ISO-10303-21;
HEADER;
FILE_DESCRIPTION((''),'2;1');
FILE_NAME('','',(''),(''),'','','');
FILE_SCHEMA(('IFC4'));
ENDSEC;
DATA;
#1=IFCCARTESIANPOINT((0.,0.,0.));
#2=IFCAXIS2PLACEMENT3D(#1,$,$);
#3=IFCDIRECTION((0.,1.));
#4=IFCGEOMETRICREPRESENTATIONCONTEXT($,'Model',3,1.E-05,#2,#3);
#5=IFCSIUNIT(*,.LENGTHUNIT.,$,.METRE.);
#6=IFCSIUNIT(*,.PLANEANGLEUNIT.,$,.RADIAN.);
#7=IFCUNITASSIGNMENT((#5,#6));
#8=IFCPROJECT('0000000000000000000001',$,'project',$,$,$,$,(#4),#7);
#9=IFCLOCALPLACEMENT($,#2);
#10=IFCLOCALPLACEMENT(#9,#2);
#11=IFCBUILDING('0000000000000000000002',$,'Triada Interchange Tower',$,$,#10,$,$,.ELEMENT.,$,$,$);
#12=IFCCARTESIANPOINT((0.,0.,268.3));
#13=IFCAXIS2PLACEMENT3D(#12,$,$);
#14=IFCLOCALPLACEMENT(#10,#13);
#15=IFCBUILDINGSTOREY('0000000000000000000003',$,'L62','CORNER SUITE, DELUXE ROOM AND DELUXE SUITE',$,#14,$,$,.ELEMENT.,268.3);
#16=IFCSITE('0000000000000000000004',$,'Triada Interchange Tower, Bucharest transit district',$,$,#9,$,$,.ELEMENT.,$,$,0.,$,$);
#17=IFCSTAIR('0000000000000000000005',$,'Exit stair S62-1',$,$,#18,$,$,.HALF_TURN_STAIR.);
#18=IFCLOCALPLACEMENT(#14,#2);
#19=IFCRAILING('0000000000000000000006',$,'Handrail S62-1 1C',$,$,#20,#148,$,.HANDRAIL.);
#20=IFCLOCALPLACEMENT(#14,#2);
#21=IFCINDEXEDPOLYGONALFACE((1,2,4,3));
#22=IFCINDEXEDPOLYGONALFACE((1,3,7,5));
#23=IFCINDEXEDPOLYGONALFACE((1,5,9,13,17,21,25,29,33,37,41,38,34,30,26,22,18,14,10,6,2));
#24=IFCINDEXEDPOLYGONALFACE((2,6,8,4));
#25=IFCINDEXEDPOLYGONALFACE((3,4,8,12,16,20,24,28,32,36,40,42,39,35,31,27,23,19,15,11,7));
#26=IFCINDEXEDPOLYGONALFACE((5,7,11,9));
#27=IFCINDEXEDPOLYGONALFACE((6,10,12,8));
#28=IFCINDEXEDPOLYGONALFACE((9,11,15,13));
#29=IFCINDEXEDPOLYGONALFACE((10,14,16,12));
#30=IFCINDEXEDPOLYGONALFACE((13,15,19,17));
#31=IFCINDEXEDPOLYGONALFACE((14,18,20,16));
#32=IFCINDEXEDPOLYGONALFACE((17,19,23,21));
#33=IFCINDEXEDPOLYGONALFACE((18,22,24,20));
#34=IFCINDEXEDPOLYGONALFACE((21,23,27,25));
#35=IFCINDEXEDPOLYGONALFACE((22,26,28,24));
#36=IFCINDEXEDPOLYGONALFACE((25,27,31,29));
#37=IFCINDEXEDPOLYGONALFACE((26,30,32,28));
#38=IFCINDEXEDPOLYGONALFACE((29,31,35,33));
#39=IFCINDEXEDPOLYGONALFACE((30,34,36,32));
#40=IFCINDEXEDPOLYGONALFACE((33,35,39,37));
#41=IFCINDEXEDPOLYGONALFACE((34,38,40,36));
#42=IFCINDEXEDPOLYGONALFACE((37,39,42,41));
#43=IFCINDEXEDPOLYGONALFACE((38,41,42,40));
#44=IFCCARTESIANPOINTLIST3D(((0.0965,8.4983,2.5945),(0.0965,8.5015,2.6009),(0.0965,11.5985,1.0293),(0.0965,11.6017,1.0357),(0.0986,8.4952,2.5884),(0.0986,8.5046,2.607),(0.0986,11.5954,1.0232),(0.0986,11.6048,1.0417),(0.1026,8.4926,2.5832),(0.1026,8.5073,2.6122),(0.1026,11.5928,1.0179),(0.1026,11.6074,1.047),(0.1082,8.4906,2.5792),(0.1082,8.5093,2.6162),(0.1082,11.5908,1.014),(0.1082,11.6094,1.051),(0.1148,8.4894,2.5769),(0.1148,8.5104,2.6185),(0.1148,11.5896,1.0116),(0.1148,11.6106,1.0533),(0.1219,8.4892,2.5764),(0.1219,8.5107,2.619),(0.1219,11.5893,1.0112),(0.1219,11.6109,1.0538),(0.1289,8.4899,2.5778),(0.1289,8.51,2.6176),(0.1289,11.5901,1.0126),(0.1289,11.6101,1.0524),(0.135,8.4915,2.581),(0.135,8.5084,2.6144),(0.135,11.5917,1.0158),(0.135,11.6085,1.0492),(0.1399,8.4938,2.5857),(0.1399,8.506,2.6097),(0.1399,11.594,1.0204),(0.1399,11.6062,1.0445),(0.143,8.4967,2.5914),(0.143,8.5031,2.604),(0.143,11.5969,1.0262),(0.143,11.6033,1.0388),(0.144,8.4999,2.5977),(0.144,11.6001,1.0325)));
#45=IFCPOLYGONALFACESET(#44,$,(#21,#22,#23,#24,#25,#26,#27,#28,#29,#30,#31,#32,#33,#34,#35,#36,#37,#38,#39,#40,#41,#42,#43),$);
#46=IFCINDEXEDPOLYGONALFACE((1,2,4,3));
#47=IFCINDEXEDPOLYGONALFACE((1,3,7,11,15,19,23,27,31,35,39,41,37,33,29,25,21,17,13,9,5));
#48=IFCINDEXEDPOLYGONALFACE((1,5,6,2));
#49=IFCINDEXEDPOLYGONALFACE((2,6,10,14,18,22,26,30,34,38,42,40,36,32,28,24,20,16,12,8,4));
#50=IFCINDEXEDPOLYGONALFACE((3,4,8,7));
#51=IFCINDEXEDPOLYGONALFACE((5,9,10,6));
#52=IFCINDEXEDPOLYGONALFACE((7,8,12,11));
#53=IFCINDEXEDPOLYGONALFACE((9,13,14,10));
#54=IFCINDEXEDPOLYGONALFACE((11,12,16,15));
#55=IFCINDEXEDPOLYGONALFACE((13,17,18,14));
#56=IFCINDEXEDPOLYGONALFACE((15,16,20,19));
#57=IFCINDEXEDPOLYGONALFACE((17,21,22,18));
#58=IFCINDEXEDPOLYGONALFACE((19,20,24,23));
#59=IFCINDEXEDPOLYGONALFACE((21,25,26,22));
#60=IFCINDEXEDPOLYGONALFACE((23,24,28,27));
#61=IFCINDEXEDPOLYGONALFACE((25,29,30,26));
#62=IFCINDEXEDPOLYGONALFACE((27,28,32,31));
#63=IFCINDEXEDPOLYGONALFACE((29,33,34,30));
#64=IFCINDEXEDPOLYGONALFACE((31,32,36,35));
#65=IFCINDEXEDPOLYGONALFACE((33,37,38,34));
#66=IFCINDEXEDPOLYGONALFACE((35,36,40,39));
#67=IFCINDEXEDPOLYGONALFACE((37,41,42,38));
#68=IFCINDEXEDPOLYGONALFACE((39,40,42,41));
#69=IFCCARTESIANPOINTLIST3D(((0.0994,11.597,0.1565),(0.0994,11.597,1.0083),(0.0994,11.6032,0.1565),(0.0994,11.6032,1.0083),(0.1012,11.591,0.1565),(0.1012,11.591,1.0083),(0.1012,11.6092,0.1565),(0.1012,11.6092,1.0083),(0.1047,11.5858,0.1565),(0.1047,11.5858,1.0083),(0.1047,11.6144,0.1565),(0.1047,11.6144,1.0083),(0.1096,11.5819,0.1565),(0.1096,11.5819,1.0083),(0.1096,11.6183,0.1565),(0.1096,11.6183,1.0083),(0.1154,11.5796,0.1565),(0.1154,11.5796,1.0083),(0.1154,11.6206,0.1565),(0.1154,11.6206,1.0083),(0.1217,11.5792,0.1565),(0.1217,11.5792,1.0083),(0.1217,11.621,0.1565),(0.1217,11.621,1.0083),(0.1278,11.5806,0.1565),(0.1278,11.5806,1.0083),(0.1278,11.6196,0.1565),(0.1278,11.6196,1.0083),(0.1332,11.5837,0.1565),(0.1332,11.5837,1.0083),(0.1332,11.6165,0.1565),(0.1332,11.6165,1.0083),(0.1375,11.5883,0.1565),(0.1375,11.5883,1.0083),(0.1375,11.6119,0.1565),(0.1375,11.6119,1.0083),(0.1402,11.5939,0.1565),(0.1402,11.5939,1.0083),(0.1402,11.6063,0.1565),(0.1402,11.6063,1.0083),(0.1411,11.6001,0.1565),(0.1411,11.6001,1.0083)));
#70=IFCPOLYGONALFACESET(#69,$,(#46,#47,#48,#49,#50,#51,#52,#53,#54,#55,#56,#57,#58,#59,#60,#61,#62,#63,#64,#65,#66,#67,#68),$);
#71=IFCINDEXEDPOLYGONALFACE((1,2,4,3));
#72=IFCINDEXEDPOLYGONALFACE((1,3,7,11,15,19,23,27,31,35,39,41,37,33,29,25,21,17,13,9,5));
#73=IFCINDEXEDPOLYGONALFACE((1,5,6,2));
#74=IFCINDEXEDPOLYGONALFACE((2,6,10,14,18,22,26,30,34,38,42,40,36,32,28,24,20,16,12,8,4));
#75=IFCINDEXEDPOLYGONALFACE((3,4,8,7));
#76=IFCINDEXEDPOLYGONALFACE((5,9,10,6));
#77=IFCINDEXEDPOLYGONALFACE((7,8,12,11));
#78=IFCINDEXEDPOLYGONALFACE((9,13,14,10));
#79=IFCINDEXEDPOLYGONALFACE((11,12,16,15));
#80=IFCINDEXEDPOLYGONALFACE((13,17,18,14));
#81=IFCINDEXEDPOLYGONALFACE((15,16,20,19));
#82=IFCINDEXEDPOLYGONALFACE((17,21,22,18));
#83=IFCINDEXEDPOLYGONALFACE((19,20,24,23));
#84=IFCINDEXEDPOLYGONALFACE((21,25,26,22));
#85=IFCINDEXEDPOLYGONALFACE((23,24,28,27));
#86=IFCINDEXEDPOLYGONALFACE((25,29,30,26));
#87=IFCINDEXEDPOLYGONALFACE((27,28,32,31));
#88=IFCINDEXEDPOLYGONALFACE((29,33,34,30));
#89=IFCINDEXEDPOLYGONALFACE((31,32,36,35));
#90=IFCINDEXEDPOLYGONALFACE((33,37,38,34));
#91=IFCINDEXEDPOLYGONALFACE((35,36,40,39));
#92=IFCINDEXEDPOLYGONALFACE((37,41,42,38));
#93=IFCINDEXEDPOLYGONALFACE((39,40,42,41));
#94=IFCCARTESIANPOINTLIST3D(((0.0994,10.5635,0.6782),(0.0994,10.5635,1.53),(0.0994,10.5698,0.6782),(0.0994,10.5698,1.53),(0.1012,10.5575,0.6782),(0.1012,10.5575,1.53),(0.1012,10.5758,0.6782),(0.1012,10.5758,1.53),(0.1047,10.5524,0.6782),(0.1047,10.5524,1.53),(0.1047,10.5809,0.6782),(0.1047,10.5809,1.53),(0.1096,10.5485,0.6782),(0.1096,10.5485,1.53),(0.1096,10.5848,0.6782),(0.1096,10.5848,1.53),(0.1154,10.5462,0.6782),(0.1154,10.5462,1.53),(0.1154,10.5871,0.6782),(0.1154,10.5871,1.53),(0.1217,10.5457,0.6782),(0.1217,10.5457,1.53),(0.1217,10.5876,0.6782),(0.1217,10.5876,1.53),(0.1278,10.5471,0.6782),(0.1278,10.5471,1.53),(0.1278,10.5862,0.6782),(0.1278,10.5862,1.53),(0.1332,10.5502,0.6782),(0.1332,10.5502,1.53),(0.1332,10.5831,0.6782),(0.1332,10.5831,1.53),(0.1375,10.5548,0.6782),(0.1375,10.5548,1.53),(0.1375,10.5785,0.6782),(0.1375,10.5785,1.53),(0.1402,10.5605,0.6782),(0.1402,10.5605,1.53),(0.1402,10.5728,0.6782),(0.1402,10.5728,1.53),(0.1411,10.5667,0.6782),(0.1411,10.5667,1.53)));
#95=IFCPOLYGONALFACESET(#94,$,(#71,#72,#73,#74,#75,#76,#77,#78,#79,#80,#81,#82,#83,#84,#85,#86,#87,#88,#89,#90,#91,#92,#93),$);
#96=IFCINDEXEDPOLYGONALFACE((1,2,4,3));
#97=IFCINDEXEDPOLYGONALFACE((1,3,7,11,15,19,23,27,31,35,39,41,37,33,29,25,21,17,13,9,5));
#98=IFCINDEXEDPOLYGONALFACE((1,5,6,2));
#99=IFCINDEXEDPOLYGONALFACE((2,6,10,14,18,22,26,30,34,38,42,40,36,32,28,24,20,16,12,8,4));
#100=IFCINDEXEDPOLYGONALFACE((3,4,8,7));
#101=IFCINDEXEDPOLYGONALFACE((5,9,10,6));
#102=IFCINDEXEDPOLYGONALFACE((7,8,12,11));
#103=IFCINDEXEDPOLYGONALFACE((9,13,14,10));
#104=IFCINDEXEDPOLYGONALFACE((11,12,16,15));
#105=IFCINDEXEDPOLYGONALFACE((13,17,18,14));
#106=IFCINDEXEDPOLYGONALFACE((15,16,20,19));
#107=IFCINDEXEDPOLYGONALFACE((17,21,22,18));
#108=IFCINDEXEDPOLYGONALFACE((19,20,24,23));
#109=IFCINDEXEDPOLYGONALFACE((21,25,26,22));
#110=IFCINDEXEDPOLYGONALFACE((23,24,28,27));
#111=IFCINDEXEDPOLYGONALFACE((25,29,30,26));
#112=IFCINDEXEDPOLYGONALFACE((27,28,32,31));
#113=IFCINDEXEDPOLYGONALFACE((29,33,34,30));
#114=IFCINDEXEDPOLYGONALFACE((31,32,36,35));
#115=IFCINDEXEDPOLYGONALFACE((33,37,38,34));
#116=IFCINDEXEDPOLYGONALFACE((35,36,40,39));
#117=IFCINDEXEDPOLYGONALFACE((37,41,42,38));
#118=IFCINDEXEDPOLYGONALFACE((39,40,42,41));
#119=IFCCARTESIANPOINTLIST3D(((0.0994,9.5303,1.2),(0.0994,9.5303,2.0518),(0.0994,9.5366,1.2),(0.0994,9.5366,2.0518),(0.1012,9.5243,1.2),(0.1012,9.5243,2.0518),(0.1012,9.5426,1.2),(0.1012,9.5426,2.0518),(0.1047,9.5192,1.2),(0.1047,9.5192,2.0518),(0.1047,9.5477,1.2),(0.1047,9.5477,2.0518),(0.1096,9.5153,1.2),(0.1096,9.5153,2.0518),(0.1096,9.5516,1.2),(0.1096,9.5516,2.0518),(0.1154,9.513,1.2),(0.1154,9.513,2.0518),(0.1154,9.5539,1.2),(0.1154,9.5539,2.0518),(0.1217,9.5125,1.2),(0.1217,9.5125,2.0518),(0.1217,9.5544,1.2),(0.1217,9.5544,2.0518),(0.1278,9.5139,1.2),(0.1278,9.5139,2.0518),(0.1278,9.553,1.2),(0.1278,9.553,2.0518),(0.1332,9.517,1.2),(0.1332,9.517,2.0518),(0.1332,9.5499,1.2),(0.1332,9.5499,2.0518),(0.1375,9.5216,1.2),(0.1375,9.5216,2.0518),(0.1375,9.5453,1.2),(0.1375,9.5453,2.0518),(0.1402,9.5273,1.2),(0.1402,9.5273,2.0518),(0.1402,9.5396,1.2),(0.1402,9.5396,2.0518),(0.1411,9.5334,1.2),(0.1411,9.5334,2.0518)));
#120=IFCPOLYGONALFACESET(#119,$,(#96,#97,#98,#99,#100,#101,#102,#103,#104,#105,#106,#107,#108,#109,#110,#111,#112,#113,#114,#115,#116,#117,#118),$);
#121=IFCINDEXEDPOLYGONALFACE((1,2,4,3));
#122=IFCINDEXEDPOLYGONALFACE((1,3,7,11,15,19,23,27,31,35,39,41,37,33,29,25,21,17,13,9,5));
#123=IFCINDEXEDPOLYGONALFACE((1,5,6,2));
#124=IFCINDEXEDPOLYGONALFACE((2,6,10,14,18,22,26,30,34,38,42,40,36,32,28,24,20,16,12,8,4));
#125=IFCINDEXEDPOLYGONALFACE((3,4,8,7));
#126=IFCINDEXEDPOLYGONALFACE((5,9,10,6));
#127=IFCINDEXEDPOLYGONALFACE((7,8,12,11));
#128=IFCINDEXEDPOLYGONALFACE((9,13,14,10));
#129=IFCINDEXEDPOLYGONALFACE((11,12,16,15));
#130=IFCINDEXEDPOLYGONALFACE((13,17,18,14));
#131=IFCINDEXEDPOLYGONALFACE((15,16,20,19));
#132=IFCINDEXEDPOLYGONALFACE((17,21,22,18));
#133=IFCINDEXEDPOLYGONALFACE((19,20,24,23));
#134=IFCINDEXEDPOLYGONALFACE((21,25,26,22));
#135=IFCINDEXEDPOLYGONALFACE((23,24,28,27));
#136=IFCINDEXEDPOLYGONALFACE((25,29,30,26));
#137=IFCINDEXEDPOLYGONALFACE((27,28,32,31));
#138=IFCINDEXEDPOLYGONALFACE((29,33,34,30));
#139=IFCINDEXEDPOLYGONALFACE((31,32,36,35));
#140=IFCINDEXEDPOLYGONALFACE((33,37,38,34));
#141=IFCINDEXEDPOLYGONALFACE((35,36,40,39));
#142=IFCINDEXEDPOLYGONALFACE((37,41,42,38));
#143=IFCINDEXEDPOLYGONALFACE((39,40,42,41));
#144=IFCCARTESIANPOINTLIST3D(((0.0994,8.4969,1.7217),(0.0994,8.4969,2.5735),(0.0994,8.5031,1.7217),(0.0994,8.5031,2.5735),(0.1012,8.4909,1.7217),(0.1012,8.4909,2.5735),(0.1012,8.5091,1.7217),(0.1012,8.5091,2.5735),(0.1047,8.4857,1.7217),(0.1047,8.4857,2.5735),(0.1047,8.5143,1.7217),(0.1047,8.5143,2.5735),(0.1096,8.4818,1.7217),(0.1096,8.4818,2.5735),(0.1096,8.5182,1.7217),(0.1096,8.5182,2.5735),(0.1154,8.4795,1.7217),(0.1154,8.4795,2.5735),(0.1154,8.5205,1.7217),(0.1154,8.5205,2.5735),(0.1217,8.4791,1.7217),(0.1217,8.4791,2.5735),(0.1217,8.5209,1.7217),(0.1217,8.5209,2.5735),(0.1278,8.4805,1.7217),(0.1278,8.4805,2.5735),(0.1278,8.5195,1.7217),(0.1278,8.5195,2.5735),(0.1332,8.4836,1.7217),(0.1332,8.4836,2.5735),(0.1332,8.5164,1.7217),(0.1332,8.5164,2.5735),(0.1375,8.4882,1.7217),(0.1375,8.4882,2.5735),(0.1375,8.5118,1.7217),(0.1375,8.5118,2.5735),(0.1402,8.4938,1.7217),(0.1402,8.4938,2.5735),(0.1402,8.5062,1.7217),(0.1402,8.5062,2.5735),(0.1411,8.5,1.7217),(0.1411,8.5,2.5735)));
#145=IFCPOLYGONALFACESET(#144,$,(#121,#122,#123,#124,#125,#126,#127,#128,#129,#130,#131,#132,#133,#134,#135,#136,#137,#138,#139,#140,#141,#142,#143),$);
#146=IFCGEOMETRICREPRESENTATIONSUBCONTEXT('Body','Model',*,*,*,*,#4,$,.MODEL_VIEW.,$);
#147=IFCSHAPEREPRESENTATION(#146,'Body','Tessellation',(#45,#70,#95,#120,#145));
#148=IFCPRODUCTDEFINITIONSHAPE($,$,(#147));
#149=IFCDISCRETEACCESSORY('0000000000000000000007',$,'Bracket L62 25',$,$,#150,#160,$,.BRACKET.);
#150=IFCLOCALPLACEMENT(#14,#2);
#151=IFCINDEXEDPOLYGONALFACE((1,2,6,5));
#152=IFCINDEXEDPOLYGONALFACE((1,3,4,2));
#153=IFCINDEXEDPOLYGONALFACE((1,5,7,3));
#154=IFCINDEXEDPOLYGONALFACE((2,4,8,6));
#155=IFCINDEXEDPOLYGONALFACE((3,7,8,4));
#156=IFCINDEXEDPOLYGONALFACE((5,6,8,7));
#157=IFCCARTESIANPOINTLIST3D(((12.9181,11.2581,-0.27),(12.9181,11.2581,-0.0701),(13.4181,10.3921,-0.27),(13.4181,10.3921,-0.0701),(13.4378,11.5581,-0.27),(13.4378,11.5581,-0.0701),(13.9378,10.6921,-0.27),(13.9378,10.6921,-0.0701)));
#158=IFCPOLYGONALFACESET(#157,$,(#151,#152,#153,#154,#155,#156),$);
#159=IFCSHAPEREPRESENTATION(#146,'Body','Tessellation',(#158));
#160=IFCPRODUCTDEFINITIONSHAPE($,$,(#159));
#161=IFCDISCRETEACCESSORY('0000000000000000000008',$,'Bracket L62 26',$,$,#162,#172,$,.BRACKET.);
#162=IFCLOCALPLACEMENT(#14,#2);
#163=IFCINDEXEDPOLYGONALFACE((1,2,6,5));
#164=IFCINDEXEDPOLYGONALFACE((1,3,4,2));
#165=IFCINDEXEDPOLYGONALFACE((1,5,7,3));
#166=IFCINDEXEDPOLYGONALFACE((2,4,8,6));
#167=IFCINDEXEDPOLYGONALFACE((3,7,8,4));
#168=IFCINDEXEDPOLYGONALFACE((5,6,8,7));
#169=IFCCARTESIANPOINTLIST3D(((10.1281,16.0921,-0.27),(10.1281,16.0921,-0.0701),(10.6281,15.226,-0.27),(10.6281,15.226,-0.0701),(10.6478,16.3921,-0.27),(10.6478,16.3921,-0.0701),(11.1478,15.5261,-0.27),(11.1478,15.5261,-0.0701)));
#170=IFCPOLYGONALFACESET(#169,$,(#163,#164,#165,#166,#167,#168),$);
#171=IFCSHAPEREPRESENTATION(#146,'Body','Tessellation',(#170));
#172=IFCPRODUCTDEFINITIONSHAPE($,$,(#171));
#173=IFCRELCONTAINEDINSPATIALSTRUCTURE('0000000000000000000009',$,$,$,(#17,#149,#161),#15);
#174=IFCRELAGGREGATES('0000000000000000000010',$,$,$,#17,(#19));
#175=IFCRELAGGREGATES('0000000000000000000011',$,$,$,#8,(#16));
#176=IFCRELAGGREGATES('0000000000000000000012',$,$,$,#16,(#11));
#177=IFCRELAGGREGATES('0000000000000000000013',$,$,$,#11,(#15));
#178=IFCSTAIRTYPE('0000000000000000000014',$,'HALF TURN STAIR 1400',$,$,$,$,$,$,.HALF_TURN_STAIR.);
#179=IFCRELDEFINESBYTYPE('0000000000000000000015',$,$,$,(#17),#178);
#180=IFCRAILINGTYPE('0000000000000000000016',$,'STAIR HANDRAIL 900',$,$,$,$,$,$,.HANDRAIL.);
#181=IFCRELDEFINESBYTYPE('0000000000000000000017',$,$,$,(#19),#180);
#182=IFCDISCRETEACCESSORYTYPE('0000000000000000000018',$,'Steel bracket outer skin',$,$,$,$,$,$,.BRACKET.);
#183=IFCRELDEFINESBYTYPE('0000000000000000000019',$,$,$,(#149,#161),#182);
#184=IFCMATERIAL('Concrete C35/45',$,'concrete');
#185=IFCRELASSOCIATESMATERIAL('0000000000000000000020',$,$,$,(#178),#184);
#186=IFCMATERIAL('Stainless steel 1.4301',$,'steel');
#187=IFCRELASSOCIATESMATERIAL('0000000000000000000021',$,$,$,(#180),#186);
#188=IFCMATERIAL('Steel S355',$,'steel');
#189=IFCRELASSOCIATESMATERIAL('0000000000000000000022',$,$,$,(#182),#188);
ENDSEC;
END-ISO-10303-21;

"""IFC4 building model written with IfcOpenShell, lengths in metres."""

from ifc_helpers import new_model, si_unit, direction, frame, origin, origin_2d, place, context, subcontext, project, spatial, rectangle, circle, extrude, material, type_object, element, aggregate, save


model = new_model("IFC4")

# Units and contexts
model_context = context("Model", 3, precision=1e-05, world=origin(), true_north=direction((0.0, 1.0)))
body_context = subcontext(model_context, "Body", "Model", "MODEL_VIEW")
ifc_project = project(units=[si_unit("LENGTHUNIT", "METRE"), si_unit("PLANEANGLEUNIT", "RADIAN")], contexts=[model_context])

# Site, building, storey
site_placement = place(None, origin())
site = spatial("IfcSite", under=ifc_project, at=site_placement, Name="Triada Interchange Tower, Bucharest transit district", CompositionType="ELEMENT", RefElevation=0.0)
building_placement = place(site_placement, origin())
building = spatial("IfcBuilding", under=site, at=building_placement, Name="Triada Interchange Tower", CompositionType="ELEMENT")
storey_placement = place(building_placement, frame((0.0, 0.0, 268.3)))
storey = spatial("IfcBuildingStorey", under=building, at=storey_placement, Name="L62", Description="CORNER SUITE, DELUXE ROOM AND DELUXE SUITE", CompositionType="ELEMENT", Elevation=268.3)

# Stair
ifc_material_1 = material(Name="Concrete C35/45", Category="concrete")
stair_type = type_object("IfcStairType", Name="HALF TURN STAIR 1400", PredefinedType="HALF_TURN_STAIR", material=ifc_material_1)
stair_placement = place(storey_placement, origin())
stair = element("IfcStair", 1, at=stair_placement, inside=storey, type_object=stair_type, Name="Exit stair S62-1", PredefinedType="HALF_TURN_STAIR")

# Railing
ifc_material_2 = material(Name="Stainless steel 1.4301", Category="steel")
railing_type = type_object("IfcRailingType", Name="STAIR HANDRAIL 900", PredefinedType="HANDRAIL", material=ifc_material_2)
railing_1_placement = place(storey_placement, frame((0.1201, 11.6001, 0.1565)))
railing_1 = element("IfcRailing", 2, at=railing_1_placement, type_object=railing_type, Name="Handrail S62-1 1C", PredefinedType="HANDRAIL", context=body_context, shape_type="SweptSolid", body=[
    extrude(circle(Radius=0.0239, at=origin_2d()), frame((0.0, 0.0, 0.876), z_axis=(0.0, -0.892677, 0.450697), x_axis=(1.0, 0.0, 0.0)), (0.0, 0.0, 1.0), 3.4729),
    extrude(circle(Radius=0.021, at=origin_2d()), origin(), (0.0, 0.0, 1.0), 0.8518),
    extrude(circle(Radius=0.021, at=origin_2d()), frame((0.0, -1.0334, 0.5217)), (0.0, 0.0, 1.0), 0.8518),
    extrude(circle(Radius=0.021, at=origin_2d()), frame((0.0, -2.0667, 1.0435)), (0.0, 0.0, 1.0), 0.8518),
    extrude(circle(Radius=0.021, at=origin_2d()), frame((0.0, -3.1001, 1.5652)), (0.0, 0.0, 1.0), 0.8518),
])
aggregate(stair, [railing_1])

# Discrete accessories
ifc_material_3 = material(Name="Steel S355", Category="steel")
discrete_accessory_type = type_object("IfcDiscreteAccessoryType", Name="Steel bracket outer skin", PredefinedType="BRACKET", material=ifc_material_3)
for number, where, z_axis, x_axis, name in (
    (3, (13.428, 10.9751, -0.27), (0.0, 0.0, 1.0), (0.866029, 0.499994, 0.0), "Bracket L62 25"),
    (4, (10.6379, 15.8091, -0.27), (0.0, 0.0, 1.0), (0.866029, 0.499994, 0.0), "Bracket L62 26"),
):
    element("IfcDiscreteAccessory", number, at=place(storey_placement, frame(where, z_axis=z_axis, x_axis=x_axis)), inside=storey, type_object=discrete_accessory_type, Name=name, PredefinedType="BRACKET", context=body_context, shape_type="SweptSolid", body=[
        extrude(rectangle(XDim=0.6001, YDim=1.0, at=origin_2d()), origin(), (0.0, 0.0, 1.0), 0.2),
    ])

save(model, "model.ifc")
